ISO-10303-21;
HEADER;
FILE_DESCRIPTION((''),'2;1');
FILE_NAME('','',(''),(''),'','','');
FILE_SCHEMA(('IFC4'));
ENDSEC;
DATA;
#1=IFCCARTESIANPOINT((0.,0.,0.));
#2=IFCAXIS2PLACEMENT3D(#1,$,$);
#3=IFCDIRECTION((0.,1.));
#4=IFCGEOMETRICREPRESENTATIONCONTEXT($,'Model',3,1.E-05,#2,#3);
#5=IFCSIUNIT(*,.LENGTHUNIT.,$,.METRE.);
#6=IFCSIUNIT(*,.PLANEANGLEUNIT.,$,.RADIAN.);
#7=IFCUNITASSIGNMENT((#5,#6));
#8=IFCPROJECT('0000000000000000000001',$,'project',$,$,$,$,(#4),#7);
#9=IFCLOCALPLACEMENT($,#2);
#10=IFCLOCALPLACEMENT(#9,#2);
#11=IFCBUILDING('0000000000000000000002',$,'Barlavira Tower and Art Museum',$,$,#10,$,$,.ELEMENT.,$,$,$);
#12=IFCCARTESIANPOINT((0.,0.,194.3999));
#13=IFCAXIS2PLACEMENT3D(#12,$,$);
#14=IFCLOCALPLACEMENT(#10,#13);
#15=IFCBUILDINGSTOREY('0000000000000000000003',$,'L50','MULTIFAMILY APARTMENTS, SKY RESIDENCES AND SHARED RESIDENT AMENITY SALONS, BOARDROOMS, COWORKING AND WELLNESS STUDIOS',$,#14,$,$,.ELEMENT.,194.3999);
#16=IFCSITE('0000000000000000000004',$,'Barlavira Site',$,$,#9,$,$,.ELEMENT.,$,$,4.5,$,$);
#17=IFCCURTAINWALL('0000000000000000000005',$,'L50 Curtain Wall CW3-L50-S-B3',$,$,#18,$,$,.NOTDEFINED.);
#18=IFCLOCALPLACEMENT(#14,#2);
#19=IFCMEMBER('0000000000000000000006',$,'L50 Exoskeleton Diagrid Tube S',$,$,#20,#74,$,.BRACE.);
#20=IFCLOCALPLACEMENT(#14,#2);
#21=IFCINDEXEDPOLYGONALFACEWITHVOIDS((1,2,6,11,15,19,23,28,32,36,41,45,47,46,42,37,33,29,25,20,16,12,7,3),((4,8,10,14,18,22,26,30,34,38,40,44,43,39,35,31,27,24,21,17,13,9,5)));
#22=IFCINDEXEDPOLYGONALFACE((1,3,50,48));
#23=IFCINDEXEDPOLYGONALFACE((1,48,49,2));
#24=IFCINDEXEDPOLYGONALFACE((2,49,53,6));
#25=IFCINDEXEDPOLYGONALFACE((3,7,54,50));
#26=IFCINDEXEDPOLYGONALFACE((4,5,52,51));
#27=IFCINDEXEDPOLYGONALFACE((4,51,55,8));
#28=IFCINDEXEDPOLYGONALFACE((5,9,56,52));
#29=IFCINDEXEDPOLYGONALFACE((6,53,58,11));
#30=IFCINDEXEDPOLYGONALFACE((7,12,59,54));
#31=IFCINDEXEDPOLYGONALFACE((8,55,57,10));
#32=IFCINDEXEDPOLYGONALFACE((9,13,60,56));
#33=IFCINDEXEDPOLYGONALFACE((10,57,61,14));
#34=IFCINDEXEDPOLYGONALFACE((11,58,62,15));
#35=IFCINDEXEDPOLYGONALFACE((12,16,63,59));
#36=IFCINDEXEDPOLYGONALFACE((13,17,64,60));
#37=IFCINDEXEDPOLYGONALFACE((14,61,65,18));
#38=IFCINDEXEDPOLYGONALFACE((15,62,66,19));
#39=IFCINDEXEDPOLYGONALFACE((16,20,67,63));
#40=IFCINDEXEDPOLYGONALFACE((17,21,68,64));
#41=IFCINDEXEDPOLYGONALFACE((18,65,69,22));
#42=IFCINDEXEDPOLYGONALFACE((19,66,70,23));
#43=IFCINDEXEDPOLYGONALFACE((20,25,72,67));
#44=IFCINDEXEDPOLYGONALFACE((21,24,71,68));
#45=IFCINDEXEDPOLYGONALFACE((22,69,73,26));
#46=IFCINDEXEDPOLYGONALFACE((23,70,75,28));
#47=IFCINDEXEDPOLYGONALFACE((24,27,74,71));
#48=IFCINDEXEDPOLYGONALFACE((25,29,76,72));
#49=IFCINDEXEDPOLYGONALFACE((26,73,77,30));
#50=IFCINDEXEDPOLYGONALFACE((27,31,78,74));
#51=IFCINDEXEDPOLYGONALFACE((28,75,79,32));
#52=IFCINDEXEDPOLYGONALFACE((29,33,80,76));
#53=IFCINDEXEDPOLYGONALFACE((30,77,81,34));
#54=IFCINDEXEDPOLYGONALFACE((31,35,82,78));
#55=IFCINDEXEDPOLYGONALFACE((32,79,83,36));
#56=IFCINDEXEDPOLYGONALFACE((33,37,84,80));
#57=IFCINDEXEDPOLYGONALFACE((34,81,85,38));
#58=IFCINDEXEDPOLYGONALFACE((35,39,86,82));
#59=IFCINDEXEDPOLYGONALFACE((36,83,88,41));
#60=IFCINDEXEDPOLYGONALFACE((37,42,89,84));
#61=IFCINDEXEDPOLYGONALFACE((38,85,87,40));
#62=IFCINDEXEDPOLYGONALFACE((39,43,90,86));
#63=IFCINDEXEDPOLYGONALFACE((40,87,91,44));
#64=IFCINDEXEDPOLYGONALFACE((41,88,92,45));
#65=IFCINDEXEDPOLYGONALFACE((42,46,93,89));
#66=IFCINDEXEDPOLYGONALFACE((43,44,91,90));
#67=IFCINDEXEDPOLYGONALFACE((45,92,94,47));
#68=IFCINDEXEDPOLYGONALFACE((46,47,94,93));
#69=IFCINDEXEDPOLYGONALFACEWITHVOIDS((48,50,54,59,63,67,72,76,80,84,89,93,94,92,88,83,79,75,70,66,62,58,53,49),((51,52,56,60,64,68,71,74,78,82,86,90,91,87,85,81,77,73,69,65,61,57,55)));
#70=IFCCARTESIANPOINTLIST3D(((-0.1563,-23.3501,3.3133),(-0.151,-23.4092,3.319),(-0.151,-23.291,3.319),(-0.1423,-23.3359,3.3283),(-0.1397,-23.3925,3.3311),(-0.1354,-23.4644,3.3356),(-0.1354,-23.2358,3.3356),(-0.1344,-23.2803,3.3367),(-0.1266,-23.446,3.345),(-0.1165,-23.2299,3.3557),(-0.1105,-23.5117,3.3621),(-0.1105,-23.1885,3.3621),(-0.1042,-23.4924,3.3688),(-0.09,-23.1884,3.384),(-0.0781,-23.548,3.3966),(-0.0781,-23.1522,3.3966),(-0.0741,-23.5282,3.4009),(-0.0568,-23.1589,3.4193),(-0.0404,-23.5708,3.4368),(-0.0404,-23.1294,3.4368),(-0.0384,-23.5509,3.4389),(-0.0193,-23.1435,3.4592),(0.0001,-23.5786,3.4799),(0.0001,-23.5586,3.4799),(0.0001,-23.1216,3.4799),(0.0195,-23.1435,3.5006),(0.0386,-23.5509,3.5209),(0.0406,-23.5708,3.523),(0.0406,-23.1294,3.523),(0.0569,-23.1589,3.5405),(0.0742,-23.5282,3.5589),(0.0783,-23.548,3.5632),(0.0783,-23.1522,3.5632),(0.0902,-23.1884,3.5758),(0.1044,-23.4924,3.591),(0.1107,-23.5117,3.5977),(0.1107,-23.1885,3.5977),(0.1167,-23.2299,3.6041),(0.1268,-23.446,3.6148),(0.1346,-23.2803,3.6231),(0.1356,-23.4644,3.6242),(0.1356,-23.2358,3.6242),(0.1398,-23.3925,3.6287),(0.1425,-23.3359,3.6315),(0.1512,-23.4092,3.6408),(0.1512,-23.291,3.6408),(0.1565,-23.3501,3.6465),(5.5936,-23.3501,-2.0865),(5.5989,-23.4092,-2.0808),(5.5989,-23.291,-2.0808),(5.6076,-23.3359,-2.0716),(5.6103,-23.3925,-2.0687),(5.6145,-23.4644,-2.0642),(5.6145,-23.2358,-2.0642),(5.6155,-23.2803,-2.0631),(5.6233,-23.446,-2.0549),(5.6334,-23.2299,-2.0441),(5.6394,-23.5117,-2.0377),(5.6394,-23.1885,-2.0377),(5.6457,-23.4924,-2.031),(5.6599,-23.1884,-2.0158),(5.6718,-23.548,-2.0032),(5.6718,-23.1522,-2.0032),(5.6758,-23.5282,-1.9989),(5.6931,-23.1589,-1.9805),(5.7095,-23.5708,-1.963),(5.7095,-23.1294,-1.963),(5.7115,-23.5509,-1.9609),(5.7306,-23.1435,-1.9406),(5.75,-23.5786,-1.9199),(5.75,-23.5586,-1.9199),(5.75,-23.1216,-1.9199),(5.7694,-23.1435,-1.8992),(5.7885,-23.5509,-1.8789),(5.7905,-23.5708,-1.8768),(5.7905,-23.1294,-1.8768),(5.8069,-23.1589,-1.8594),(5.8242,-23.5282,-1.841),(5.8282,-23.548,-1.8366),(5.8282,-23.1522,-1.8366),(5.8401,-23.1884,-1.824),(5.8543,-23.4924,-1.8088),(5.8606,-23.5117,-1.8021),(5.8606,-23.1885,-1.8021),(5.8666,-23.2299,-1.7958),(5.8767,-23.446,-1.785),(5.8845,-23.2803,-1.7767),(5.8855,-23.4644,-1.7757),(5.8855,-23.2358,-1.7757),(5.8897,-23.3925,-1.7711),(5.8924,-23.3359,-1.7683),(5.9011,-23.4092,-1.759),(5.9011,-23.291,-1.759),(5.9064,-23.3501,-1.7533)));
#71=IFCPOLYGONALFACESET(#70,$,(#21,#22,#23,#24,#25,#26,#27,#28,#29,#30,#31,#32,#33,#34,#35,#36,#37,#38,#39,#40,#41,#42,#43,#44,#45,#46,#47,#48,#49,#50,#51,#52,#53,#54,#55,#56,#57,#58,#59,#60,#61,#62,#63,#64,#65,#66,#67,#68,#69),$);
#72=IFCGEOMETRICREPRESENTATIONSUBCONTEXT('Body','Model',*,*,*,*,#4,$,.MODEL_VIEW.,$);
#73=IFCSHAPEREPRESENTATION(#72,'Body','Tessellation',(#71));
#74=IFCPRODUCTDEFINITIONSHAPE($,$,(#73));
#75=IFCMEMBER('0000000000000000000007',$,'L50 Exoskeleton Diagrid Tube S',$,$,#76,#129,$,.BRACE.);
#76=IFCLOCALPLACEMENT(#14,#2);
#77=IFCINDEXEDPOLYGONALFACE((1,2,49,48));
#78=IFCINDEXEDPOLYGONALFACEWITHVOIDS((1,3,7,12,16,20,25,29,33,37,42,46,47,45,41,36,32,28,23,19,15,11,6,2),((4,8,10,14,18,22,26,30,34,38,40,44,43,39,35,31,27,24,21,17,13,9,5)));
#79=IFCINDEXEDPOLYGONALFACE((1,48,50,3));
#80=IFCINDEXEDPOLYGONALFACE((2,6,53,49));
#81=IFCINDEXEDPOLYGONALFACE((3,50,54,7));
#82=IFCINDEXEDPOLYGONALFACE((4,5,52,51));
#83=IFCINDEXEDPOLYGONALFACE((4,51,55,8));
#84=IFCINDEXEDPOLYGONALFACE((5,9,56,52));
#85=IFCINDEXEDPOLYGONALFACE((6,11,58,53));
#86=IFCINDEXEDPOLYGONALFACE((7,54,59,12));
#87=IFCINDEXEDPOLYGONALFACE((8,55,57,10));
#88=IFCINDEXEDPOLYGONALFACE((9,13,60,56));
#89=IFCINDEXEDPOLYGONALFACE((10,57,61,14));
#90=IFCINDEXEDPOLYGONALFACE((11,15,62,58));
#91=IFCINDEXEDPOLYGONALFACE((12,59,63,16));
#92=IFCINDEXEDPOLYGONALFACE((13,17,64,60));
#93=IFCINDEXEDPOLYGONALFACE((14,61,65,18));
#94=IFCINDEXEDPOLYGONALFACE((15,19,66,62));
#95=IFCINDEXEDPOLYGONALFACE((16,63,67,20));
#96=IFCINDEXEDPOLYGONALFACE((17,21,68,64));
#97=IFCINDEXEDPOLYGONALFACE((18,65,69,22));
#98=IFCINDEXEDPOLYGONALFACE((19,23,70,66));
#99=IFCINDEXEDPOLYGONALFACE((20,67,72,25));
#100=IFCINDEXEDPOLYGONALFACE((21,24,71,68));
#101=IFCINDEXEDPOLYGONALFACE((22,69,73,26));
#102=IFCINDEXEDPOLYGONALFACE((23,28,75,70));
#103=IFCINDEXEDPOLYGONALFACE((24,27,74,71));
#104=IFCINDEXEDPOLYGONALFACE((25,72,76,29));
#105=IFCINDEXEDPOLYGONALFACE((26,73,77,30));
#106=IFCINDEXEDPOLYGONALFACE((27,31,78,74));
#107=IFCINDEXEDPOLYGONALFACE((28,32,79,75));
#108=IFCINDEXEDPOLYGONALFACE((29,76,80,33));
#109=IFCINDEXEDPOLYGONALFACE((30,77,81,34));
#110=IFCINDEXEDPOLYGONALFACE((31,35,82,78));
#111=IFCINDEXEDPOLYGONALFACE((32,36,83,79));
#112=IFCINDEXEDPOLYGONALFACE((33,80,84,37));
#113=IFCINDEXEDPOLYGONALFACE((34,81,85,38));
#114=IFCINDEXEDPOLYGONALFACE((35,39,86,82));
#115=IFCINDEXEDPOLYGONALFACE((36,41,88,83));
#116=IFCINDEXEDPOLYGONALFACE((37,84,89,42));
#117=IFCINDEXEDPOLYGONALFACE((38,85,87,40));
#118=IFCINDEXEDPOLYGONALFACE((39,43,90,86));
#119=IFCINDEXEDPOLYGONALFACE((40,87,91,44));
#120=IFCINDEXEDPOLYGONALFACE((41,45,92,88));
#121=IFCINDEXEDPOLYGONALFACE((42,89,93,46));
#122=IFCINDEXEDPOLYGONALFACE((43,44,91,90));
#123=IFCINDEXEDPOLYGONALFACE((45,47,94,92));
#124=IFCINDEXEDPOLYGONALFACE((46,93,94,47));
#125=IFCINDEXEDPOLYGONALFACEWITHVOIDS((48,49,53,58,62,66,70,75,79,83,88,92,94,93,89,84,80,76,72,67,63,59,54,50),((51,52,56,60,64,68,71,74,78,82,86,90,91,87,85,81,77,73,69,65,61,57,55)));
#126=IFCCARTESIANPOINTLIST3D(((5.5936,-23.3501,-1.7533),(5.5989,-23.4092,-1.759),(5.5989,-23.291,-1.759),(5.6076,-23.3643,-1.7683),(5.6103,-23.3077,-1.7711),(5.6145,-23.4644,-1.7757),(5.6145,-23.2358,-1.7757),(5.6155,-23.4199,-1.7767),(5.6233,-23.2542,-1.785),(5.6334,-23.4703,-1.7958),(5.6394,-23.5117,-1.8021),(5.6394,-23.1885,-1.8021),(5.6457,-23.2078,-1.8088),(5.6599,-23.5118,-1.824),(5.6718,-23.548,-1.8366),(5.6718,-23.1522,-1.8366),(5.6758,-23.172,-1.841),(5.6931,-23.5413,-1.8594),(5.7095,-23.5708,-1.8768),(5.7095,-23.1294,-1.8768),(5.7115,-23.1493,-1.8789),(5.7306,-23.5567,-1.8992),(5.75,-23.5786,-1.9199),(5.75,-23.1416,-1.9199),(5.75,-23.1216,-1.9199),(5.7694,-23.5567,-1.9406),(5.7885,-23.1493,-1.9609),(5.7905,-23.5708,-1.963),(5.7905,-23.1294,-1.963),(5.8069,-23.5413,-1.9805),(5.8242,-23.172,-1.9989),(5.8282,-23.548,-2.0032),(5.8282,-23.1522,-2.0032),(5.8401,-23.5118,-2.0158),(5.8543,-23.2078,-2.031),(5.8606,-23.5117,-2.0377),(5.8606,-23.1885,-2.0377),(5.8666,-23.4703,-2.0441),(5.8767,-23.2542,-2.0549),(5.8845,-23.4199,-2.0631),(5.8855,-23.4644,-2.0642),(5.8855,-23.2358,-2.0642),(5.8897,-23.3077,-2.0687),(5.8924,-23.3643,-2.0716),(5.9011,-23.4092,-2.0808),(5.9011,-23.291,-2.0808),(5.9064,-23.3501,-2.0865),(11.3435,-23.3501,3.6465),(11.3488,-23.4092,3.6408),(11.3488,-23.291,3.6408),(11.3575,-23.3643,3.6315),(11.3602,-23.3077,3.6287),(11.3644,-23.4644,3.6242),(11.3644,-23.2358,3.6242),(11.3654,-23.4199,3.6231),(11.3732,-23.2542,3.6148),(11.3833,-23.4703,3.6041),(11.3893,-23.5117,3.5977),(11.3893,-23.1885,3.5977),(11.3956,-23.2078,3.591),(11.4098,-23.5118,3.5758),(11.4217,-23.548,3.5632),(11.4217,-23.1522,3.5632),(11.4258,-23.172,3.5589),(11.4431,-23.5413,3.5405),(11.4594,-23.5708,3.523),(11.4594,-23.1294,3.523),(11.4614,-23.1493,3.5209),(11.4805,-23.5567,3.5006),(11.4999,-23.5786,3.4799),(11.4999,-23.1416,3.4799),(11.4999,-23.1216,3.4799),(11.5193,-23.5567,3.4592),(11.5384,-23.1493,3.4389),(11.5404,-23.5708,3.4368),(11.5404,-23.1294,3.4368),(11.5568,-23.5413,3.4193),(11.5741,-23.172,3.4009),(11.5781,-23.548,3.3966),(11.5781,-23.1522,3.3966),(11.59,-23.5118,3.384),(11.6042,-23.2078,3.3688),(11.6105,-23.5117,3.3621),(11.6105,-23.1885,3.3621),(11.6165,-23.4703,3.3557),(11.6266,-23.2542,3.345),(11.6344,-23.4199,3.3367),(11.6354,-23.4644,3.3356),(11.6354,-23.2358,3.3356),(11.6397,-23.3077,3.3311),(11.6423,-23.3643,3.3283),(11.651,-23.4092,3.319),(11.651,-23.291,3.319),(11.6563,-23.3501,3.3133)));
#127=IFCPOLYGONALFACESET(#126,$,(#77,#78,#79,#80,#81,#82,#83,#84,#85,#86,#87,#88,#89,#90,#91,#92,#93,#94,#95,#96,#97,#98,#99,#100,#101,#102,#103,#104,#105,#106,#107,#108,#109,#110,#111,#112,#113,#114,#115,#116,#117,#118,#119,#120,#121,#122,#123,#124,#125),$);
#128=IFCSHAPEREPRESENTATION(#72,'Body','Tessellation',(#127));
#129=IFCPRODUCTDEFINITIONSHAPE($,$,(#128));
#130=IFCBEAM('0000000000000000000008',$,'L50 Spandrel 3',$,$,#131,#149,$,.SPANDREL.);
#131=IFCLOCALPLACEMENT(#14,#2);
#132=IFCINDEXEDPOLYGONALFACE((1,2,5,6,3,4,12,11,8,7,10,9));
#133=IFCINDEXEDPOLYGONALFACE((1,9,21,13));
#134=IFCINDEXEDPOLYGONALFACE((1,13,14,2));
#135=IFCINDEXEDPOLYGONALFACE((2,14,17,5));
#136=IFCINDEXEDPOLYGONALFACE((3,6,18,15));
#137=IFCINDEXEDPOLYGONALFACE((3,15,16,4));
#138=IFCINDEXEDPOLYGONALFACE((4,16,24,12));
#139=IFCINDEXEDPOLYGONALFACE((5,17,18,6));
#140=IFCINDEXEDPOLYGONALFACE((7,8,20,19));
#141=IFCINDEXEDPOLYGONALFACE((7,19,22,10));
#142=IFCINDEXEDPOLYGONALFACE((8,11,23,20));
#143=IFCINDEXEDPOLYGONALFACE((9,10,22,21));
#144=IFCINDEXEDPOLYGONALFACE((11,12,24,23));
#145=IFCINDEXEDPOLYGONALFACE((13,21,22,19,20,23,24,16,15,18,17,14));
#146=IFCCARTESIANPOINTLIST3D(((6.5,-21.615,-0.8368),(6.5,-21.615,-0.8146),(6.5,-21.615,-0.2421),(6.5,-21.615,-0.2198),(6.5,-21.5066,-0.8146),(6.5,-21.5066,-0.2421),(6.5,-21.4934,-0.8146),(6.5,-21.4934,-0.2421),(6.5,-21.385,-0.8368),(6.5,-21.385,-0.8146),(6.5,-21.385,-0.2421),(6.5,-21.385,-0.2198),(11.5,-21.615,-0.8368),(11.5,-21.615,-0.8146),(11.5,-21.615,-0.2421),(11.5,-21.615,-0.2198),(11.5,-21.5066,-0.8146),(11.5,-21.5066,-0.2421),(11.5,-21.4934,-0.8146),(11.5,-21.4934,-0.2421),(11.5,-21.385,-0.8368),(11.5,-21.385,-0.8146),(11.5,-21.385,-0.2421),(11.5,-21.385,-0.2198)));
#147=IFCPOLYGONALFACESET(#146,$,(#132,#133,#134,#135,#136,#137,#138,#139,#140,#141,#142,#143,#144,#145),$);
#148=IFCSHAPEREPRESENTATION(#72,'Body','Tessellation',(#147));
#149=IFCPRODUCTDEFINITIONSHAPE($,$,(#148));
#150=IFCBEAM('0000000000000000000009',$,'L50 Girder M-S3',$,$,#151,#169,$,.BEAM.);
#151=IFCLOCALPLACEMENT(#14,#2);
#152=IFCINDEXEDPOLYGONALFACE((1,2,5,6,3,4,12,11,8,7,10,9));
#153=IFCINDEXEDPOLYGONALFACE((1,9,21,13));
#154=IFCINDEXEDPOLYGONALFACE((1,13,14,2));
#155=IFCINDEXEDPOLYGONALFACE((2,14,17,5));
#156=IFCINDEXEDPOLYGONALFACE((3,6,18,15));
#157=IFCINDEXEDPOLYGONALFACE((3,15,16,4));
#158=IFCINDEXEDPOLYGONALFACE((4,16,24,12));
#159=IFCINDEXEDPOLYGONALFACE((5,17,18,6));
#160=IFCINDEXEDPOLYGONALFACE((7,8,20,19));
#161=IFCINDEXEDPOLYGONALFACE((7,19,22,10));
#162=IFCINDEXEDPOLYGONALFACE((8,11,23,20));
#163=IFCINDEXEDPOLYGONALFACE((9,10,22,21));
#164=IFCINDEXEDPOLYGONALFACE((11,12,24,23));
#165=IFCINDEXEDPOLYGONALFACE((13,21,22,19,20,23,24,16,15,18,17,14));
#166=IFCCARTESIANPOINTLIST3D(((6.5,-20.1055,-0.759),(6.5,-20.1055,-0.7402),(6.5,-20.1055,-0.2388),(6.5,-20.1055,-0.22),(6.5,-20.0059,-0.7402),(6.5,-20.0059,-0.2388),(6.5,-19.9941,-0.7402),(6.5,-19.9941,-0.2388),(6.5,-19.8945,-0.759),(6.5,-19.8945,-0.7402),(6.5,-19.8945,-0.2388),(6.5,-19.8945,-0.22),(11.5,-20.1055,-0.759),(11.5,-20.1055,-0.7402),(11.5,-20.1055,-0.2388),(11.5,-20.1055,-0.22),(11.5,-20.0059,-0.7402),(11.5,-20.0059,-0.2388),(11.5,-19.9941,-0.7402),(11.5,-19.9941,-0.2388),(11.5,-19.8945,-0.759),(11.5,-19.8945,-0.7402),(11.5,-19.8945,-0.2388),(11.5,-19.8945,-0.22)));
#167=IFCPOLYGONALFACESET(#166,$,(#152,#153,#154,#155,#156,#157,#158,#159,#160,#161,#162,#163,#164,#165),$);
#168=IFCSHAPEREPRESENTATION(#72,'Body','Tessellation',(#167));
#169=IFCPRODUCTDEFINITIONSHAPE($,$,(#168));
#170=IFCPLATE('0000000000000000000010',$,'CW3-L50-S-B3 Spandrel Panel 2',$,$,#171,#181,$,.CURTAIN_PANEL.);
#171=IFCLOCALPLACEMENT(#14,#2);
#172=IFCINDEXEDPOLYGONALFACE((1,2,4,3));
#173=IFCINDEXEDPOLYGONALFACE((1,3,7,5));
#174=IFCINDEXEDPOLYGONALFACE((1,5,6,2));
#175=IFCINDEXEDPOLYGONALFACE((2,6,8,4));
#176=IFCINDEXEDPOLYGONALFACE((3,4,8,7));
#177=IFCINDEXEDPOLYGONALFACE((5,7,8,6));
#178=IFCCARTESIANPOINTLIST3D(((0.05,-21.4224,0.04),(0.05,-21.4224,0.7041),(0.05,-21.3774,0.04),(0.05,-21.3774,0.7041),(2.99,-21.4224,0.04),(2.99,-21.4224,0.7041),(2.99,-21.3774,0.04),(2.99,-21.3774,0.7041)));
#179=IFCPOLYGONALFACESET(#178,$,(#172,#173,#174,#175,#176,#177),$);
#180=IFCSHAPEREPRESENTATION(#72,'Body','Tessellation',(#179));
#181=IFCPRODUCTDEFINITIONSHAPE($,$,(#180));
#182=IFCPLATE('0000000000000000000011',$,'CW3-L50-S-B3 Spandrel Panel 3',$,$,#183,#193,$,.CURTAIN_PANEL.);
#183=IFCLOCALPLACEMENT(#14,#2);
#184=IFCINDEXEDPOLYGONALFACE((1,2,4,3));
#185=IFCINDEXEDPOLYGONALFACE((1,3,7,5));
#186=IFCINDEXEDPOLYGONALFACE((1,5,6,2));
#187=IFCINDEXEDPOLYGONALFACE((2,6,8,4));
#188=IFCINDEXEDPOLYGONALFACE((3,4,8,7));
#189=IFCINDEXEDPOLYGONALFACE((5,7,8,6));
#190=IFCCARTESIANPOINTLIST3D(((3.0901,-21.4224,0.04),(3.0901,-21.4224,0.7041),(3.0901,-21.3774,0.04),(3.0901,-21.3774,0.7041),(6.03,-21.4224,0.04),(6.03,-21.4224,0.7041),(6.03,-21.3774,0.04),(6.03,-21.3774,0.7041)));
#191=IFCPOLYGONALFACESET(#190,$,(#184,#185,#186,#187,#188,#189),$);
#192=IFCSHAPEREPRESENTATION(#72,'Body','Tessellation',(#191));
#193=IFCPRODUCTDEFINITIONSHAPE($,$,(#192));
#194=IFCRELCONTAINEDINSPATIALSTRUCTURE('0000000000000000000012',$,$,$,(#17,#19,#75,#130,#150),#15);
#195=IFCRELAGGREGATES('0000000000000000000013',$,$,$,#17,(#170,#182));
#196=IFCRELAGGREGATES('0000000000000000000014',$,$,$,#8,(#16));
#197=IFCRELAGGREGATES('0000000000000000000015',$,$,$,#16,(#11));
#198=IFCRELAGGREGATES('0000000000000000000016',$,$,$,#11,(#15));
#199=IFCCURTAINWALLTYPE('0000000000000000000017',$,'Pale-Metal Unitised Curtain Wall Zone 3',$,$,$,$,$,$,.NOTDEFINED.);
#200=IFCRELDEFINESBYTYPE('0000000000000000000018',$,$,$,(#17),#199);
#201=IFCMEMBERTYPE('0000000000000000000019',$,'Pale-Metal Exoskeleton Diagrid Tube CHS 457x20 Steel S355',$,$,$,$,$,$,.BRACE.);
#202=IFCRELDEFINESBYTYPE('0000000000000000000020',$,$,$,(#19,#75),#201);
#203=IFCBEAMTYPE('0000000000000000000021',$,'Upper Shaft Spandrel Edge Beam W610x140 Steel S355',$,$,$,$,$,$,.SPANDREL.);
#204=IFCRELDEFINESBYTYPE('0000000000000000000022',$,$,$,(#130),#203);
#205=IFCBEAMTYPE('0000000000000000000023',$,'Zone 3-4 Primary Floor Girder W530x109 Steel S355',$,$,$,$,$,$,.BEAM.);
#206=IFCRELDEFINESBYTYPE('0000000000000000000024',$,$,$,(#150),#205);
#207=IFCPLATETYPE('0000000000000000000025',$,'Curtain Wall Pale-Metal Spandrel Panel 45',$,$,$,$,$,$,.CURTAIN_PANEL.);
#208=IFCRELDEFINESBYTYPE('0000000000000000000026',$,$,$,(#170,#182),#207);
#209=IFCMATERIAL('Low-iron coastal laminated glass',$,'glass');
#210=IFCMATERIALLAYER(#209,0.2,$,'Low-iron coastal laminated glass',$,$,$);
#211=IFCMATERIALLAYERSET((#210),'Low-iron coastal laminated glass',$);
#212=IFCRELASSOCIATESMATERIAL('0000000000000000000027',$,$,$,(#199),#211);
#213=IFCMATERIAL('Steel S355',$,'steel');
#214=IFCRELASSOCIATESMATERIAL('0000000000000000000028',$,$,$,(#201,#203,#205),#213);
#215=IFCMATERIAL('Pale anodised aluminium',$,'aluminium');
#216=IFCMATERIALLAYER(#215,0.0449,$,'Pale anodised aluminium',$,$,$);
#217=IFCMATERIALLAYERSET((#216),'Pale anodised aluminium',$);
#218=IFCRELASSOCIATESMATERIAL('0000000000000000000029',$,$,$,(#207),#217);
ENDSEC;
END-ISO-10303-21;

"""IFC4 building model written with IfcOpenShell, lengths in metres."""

from ifc_helpers import new_model, si_unit, direction, frame, origin, origin_2d, place, context, subcontext, project, spatial, rectangle, hollow_circle, i_section, extrude, material, layer, layer_set, material_profile, profile_set, type_object, element, aggregate, save


model = new_model("IFC4")

# Units and contexts
model_context = context("Model", 3, precision=1e-05, world=origin(), true_north=direction((0.0, 1.0)))
body_context = subcontext(model_context, "Body", "Model", "MODEL_VIEW")
ifc_project = project(units=[si_unit("LENGTHUNIT", "METRE"), si_unit("PLANEANGLEUNIT", "RADIAN")], contexts=[model_context])

# Site, building, storey
site_placement = place(None, origin())
site = spatial("IfcSite", under=ifc_project, at=site_placement, Name="Barlavira Site", CompositionType="ELEMENT", RefElevation=4.5)
building_placement = place(site_placement, origin())
building = spatial("IfcBuilding", under=site, at=building_placement, Name="Barlavira Tower and Art Museum", CompositionType="ELEMENT")
storey_placement = place(building_placement, frame((0.0, 0.0, 194.3999)))
storey = spatial("IfcBuildingStorey", under=building, at=storey_placement, Name="L50", Description="MULTIFAMILY APARTMENTS, SKY RESIDENCES AND SHARED RESIDENT AMENITY SALONS, BOARDROOMS, COWORKING AND WELLNESS STUDIOS", CompositionType="ELEMENT", Elevation=194.3999)

# Curtain wall
ifc_material_1 = material(Name="Low-iron coastal laminated glass", Category="glass")
ifc_layer_1 = layer(ifc_material_1, 0.2, Name="Low-iron coastal laminated glass")
ifc_layer_set_1 = layer_set([ifc_layer_1], Name="Low-iron coastal laminated glass")
curtain_wall_type = type_object("IfcCurtainWallType", Name="Pale-Metal Unitised Curtain Wall Zone 3", PredefinedType="NOTDEFINED", material=ifc_layer_set_1)
curtain_wall_placement = place(storey_placement, origin())
curtain_wall = element("IfcCurtainWall", 1, at=curtain_wall_placement, inside=storey, type_object=curtain_wall_type, Name="L50 Curtain Wall CW3-L50-S-B3", PredefinedType="NOTDEFINED")
ifc_material_2 = material(Name="Pale anodised aluminium", Category="aluminium")

# Members
ifc_material_3 = material(Name="Steel S355", Category="steel")
ifc_material_profile_1 = material_profile(ifc_material_3, hollow_circle(Radius=0.2285, WallThickness=0.02, at=origin_2d()), Name="CHS 457.0x20.0")
ifc_profile_set_1 = profile_set([ifc_material_profile_1], Name="Steel S355")
member_type_1 = type_object("IfcMemberType", Name="Pale-Metal Exoskeleton Diagrid Tube CHS 457x20 Steel S355", PredefinedType="BRACE", material=ifc_profile_set_1)
for number, where, z_axis, x_axis, name in (
    (2, (5.75, -23.3501, -1.9199), (-0.72895, 0.0, 0.684567), (0.0, -1.0, 0.0), "L50 Exoskeleton Diagrid Tube S"),
    (3, (5.75, -23.3501, -1.9199), (0.72895, 0.0, 0.684567), (0.0, 1.0, 0.0), "L50 Exoskeleton Diagrid Tube S"),
):
    element("IfcMember", number, at=place(storey_placement, frame(where, z_axis=z_axis, x_axis=x_axis)), inside=storey, type_object=member_type_1, Name=name, PredefinedType="BRACE", context=body_context, shape_type="SweptSolid", body=[
        extrude(hollow_circle(Radius=0.2285, WallThickness=0.02, at=origin_2d()), origin(), (0.0, 0.0, 1.0), 7.8879),
    ])

# Beams
ifc_material_profile_2 = material_profile(ifc_material_3, i_section(OverallWidth=0.23, OverallDepth=0.6169, WebThickness=0.0132, FlangeThickness=0.0222, at=origin_2d()), Name="W610x140.0")
ifc_profile_set_2 = profile_set([ifc_material_profile_2], Name="Steel S355")
beam_type_1 = type_object("IfcBeamType", Name="Upper Shaft Spandrel Edge Beam W610x140 Steel S355", PredefinedType="SPANDREL", material=ifc_profile_set_2)
beam_1_placement = place(storey_placement, frame((6.5, -21.5, -0.5283), z_axis=(1.0, 0.0, 0.0), x_axis=(0.0, 1.0, 0.0)))
element("IfcBeam", 4, at=beam_1_placement, inside=storey, type_object=beam_type_1, Name="L50 Spandrel 3", PredefinedType="SPANDREL", context=body_context, shape_type="SweptSolid", body=[
    extrude(i_section(OverallWidth=0.23, OverallDepth=0.6169, WebThickness=0.0132, FlangeThickness=0.0222, at=origin_2d()), origin(), (0.0, 0.0, 1.0), 5.0),
])
ifc_material_profile_3 = material_profile(ifc_material_3, i_section(OverallWidth=0.2109, OverallDepth=0.5391, WebThickness=0.0117, FlangeThickness=0.0188, at=origin_2d()), Name="W530x109.0")
ifc_profile_set_3 = profile_set([ifc_material_profile_3], Name="Steel S355")
beam_type_2 = type_object("IfcBeamType", Name="Zone 3-4 Primary Floor Girder W530x109 Steel S355", PredefinedType="BEAM", material=ifc_profile_set_3)
beam_2_placement = place(storey_placement, frame((6.5, -20.0, -0.4895), z_axis=(1.0, 0.0, 0.0), x_axis=(0.0, 1.0, 0.0)))
element("IfcBeam", 5, at=beam_2_placement, inside=storey, type_object=beam_type_2, Name="L50 Girder M-S3", PredefinedType="BEAM", context=body_context, shape_type="SweptSolid", body=[
    extrude(i_section(OverallWidth=0.2109, OverallDepth=0.5391, WebThickness=0.0117, FlangeThickness=0.0188, at=origin_2d()), origin(), (0.0, 0.0, 1.0), 5.0),
])

# Plates
ifc_layer_2 = layer(ifc_material_2, 0.0449, Name="Pale anodised aluminium")
ifc_layer_set_2 = layer_set([ifc_layer_2], Name="Pale anodised aluminium")
plate_type_1 = type_object("IfcPlateType", Name="Curtain Wall Pale-Metal Spandrel Panel 45", PredefinedType="CURTAIN_PANEL", material=ifc_layer_set_2)
plate_1_placement = place(storey_placement, frame((1.52, -21.3999, 0.04), z_axis=(0.0, 0.0, 1.0), x_axis=(1.0, 0.0, 0.0)))
plate_1 = element("IfcPlate", 6, at=plate_1_placement, type_object=plate_type_1, Name="CW3-L50-S-B3 Spandrel Panel 2", PredefinedType="CURTAIN_PANEL", context=body_context, shape_type="SweptSolid", body=[
    extrude(rectangle(XDim=2.9399, YDim=0.0449, at=origin_2d()), origin(), (0.0, 0.0, 1.0), 0.6641),
])
plate_2_placement = place(storey_placement, frame((4.5601, -21.3999, 0.04), z_axis=(0.0, 0.0, 1.0), x_axis=(1.0, 0.0, 0.0)))
plate_2 = element("IfcPlate", 7, at=plate_2_placement, type_object=plate_type_1, Name="CW3-L50-S-B3 Spandrel Panel 3", PredefinedType="CURTAIN_PANEL", context=body_context, shape_type="SweptSolid", body=[
    extrude(rectangle(XDim=2.9399, YDim=0.0449, at=origin_2d()), origin(), (0.0, 0.0, 1.0), 0.6641),
])
aggregate(curtain_wall, [plate_1, plate_2])

save(model, "model.ifc")
